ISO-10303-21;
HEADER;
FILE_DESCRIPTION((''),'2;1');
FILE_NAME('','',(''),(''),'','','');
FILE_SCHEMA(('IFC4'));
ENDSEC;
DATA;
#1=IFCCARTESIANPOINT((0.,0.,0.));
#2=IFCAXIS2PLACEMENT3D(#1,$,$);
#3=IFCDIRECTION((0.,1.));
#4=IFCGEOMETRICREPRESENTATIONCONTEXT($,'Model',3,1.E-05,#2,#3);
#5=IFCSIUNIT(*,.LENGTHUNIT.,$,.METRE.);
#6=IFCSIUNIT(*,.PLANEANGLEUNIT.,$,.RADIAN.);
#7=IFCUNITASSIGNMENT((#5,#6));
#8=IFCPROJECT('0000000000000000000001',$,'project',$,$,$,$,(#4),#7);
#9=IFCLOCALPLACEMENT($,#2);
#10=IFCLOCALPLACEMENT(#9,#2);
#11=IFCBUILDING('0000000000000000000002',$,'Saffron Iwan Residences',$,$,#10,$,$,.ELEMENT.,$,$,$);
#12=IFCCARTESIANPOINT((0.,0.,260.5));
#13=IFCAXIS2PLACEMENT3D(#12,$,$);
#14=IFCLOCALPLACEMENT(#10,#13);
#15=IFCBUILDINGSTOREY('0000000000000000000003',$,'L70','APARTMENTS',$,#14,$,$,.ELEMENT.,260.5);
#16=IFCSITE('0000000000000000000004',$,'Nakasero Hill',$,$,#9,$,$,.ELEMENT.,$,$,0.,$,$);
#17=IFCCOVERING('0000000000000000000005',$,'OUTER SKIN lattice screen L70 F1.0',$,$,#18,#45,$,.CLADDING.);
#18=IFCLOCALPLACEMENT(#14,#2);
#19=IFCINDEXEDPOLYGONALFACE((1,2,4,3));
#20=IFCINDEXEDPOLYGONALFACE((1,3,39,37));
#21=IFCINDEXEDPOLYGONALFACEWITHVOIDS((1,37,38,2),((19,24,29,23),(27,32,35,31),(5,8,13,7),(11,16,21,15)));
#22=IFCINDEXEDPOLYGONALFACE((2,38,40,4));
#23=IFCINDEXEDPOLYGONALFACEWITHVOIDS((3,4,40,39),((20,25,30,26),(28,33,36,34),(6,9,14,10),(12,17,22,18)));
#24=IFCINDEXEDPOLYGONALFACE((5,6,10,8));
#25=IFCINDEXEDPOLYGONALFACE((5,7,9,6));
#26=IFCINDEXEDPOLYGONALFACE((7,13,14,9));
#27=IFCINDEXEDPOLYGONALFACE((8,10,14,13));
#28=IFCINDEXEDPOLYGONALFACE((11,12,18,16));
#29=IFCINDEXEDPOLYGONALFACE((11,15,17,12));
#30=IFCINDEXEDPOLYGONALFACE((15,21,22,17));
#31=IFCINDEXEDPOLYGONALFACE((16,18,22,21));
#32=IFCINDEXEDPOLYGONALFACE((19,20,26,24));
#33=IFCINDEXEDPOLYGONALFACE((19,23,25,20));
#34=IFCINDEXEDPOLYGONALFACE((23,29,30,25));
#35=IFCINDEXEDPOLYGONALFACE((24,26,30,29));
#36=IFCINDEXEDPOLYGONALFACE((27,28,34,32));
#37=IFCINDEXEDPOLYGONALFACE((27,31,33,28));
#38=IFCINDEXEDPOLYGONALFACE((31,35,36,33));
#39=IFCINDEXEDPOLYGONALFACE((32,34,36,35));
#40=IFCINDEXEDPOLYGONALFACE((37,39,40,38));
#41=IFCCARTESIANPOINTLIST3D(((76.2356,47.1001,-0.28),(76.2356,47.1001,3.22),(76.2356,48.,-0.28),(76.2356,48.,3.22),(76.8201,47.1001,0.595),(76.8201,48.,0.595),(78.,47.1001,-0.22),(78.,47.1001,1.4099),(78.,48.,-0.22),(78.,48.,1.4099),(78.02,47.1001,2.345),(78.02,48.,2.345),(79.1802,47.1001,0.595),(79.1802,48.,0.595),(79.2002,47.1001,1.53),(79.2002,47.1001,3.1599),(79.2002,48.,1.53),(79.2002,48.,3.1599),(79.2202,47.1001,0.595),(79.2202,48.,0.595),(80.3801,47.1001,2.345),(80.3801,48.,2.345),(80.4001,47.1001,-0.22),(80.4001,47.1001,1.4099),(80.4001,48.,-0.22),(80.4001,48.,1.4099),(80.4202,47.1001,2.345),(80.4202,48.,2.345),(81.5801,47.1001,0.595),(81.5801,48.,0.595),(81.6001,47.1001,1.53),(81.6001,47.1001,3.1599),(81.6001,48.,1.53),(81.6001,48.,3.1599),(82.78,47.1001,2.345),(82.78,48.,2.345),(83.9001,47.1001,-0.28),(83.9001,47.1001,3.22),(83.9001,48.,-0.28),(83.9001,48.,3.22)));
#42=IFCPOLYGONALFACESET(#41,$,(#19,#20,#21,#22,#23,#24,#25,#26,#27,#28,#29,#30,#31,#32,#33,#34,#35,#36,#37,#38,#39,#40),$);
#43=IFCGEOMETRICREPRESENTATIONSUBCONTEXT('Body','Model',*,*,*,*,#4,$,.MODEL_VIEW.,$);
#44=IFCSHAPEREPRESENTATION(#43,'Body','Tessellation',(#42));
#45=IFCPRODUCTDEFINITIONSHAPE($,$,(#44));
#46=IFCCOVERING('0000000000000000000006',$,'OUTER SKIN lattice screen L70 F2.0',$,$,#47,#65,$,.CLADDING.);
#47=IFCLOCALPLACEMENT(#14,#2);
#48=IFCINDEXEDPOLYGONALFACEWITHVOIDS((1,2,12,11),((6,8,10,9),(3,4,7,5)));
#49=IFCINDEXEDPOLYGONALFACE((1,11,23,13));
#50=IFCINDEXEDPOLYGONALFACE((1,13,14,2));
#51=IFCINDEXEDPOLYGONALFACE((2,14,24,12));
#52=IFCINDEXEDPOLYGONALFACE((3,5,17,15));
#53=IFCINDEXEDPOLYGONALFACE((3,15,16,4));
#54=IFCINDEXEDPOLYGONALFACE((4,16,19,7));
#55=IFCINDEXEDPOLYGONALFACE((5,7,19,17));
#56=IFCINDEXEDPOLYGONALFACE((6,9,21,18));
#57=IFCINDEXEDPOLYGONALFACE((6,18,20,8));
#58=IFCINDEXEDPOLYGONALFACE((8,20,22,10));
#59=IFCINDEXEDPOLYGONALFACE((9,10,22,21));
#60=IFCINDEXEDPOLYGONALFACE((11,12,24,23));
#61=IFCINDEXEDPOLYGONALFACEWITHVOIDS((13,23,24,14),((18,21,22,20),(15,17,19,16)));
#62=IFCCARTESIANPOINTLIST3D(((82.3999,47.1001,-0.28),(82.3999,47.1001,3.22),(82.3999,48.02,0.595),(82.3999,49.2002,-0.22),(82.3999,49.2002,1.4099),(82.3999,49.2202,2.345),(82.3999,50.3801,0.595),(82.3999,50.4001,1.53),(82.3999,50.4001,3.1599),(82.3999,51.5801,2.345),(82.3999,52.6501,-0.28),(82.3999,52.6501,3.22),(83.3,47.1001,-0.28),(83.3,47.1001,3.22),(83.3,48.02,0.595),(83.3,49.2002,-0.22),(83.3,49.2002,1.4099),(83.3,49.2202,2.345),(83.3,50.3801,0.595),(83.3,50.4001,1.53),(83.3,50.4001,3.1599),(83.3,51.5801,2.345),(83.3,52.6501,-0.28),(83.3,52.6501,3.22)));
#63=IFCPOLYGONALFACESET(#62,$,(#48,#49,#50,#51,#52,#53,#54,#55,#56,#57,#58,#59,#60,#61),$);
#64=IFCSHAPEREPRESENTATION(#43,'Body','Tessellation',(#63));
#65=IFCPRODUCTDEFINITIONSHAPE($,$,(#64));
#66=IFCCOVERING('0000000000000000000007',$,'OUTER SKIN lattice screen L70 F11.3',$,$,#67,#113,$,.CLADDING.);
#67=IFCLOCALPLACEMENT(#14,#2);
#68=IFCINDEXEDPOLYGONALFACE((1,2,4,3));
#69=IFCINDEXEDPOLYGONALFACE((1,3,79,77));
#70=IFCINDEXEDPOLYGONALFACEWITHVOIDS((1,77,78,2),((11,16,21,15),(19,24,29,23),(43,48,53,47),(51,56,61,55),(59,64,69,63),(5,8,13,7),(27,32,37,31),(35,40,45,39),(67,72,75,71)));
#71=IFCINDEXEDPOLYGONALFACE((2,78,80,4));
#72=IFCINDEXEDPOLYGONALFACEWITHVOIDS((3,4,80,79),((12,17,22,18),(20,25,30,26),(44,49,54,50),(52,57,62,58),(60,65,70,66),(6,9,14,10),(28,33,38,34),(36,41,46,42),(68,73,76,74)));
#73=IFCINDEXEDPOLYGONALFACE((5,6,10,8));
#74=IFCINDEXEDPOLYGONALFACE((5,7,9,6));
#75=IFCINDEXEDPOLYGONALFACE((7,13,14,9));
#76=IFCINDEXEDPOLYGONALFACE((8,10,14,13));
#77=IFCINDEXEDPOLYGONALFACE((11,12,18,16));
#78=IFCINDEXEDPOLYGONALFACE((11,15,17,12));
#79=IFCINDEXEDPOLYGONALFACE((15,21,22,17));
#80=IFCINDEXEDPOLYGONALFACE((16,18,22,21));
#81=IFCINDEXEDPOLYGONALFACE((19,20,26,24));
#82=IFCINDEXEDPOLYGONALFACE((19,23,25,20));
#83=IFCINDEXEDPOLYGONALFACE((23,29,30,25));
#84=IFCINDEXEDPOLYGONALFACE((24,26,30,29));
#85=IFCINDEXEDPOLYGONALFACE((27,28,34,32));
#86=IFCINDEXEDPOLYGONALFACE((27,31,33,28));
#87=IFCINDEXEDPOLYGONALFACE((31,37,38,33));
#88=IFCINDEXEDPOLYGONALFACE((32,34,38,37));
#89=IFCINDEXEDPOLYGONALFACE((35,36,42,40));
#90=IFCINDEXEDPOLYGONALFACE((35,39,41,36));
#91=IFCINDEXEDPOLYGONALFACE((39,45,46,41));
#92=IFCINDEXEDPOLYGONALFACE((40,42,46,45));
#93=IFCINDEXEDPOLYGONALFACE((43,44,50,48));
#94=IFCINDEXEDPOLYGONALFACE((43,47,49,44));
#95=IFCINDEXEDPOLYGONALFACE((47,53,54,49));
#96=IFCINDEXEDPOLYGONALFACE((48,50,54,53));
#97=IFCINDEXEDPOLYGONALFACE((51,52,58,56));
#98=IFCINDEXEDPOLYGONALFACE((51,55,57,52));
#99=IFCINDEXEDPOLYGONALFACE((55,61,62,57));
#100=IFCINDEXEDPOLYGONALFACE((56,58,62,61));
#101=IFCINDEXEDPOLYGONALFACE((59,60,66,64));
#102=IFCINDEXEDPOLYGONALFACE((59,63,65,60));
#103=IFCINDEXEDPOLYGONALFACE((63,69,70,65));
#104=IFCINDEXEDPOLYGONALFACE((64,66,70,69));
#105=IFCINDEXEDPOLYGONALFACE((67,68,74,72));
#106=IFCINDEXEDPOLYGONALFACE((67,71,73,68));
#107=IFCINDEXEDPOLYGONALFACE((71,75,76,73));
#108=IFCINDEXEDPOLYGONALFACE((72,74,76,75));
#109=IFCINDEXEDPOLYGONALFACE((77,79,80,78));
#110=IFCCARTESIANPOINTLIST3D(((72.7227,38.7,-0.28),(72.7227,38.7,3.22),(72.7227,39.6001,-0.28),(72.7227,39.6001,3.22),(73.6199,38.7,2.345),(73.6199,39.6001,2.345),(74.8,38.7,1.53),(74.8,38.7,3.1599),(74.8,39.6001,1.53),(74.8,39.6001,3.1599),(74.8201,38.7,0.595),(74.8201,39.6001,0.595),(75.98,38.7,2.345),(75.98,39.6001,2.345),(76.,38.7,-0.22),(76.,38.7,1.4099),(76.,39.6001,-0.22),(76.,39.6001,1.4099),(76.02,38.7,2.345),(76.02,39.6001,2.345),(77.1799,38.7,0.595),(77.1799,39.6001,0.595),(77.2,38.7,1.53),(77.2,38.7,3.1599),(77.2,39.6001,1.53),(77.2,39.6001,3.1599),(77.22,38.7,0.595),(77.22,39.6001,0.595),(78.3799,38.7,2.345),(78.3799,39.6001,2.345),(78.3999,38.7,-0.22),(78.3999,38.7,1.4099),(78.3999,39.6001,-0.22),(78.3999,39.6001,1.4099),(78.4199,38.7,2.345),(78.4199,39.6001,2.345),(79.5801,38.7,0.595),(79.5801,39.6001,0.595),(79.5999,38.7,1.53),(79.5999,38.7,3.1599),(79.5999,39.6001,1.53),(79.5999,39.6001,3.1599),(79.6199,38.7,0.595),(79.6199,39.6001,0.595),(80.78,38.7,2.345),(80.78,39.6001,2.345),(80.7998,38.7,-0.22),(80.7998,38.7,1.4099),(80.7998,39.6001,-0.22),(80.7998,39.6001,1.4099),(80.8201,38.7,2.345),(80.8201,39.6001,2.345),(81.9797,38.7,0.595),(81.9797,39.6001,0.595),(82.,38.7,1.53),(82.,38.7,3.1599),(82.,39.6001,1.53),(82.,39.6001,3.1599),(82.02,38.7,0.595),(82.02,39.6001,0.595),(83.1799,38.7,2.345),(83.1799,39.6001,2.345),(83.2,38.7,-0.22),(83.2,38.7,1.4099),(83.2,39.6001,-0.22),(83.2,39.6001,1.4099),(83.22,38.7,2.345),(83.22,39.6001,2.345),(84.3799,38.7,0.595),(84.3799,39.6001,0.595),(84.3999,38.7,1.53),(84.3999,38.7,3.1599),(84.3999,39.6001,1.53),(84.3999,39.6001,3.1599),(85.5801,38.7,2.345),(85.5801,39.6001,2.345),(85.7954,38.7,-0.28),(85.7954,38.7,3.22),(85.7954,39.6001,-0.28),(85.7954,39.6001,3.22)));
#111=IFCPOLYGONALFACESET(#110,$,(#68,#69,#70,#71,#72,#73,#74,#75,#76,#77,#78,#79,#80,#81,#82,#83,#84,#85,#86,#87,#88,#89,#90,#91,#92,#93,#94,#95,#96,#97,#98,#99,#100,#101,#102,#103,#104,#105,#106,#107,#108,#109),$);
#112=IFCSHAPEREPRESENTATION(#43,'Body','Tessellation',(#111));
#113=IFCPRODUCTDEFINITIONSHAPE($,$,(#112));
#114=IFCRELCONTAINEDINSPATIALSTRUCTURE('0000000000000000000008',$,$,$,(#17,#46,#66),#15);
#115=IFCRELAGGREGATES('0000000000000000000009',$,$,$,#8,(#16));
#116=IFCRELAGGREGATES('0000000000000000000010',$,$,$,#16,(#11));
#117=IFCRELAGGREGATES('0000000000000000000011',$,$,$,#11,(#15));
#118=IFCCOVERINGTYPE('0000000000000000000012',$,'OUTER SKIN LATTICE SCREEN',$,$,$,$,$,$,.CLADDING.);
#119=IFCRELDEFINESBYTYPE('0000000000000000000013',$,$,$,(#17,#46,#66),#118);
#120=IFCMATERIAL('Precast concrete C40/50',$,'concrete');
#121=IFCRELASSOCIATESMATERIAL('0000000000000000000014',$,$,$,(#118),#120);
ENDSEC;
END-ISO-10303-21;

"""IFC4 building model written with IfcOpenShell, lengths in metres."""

from ifc_helpers import new_model, si_unit, direction, frame, origin, place, context, subcontext, project, spatial, polyline, outline, extrude, material, type_object, element, save


model = new_model("IFC4")

# Units and contexts
model_context = context("Model", 3, precision=1e-05, world=origin(), true_north=direction((0.0, 1.0)))
body_context = subcontext(model_context, "Body", "Model", "MODEL_VIEW")
ifc_project = project(units=[si_unit("LENGTHUNIT", "METRE"), si_unit("PLANEANGLEUNIT", "RADIAN")], contexts=[model_context])

# Site, building, storey
site_placement = place(None, origin())
site = spatial("IfcSite", under=ifc_project, at=site_placement, Name="Nakasero Hill", CompositionType="ELEMENT", RefElevation=0.0)
building_placement = place(site_placement, origin())
building = spatial("IfcBuilding", under=site, at=building_placement, Name="Saffron Iwan Residences", CompositionType="ELEMENT")
storey_placement = place(building_placement, frame((0.0, 0.0, 260.5)))
storey = spatial("IfcBuildingStorey", under=building, at=storey_placement, Name="L70", Description="APARTMENTS", CompositionType="ELEMENT", Elevation=260.5)

# Coverings
ifc_material_1 = material(Name="Precast concrete C40/50", Category="concrete")
covering_type = type_object("IfcCoveringType", Name="OUTER SKIN LATTICE SCREEN", PredefinedType="CLADDING", material=ifc_material_1)
covering_1_placement = place(storey_placement, frame((76.2356, 48.0, -0.28), z_axis=(0.0, -1.0, 0.0), x_axis=(1.0, 0.0, 0.0)))
element("IfcCovering", 1, at=covering_1_placement, inside=storey, type_object=covering_type, Name="OUTER SKIN lattice screen L70 F1.0", PredefinedType="CLADDING", context=body_context, shape_type="SweptSolid", body=[
    extrude(outline(polyline([(0.0, 0.0), (7.6646, 0.0), (7.6646, 3.5), (0.0, 3.5), (0.0, 0.0)]), holes=[polyline([(0.5845, 0.875), (1.7644, 0.0601), (2.9446, 0.875), (1.7644, 1.6899), (0.5845, 0.875)]), polyline([(2.9846, 0.875), (4.1646, 0.0601), (5.3445, 0.875), (4.1646, 1.6899), (2.9846, 0.875)]), polyline([(1.7844, 2.625), (2.9646, 1.8101), (4.1445, 2.625), (2.9646, 3.4399), (1.7844, 2.625)]), polyline([(4.1846, 2.625), (5.3645, 1.8101), (6.5444, 2.625), (5.3645, 3.4399), (4.1846, 2.625)])]), origin(), (0.0, 0.0, 1.0), 0.8999),
])
covering_2_placement = place(storey_placement, frame((82.3999, 47.1001, -0.28), z_axis=(1.0, 0.0, 0.0), x_axis=(0.0, 1.0, 0.0)))
element("IfcCovering", 2, at=covering_2_placement, inside=storey, type_object=covering_type, Name="OUTER SKIN lattice screen L70 F2.0", PredefinedType="CLADDING", context=body_context, shape_type="SweptSolid", body=[
    extrude(outline(polyline([(0.0, 0.0), (5.55, 0.0), (5.55, 3.5), (0.0, 3.5), (0.0, 0.0)]), holes=[polyline([(0.9199, 0.875), (2.1001, 0.0601), (3.28, 0.875), (2.1001, 1.6899), (0.9199, 0.875)]), polyline([(2.1201, 2.625), (3.3, 1.8101), (4.48, 2.625), (3.3, 3.4399), (2.1201, 2.625)])]), origin(), (0.0, 0.0, 1.0), 0.9001),
])
covering_3_placement = place(storey_placement, frame((72.7227, 39.6001, -0.28), z_axis=(0.0, -1.0, 0.0), x_axis=(1.0, 0.0, 0.0)))
element("IfcCovering", 3, at=covering_3_placement, inside=storey, type_object=covering_type, Name="OUTER SKIN lattice screen L70 F11.3", PredefinedType="CLADDING", context=body_context, shape_type="SweptSolid", body=[
    extrude(outline(polyline([(0.0, 0.0), (13.0728, 0.0), (13.0728, 3.5), (0.0, 3.5), (0.0, 0.0)]), holes=[polyline([(2.0974, 0.875), (3.2773, 0.0601), (4.4573, 0.875), (3.2773, 1.6899), (2.0974, 0.875)]), polyline([(4.4973, 0.875), (5.6772, 0.0601), (6.8574, 0.875), (5.6772, 1.6899), (4.4973, 0.875)]), polyline([(6.8972, 0.875), (8.0771, 0.0601), (9.2571, 0.875), (8.0771, 1.6899), (6.8972, 0.875)]), polyline([(9.2974, 0.875), (10.4773, 0.0601), (11.6572, 0.875), (10.4773, 1.6899), (9.2974, 0.875)]), polyline([(0.8972, 2.625), (2.0774, 1.8101), (3.2573, 2.625), (2.0774, 3.4399), (0.8972, 2.625)]), polyline([(3.2974, 2.625), (4.4773, 1.8101), (5.6572, 2.625), (4.4773, 3.4399), (3.2974, 2.625)]), polyline([(5.6973, 2.625), (6.8772, 1.8101), (8.0574, 2.625), (6.8772, 3.4399), (5.6973, 2.625)]), polyline([(8.0974, 2.625), (9.2773, 1.8101), (10.4573, 2.625), (9.2773, 3.4399), (8.0974, 2.625)]), polyline([(10.4973, 2.625), (11.6772, 1.8101), (12.8574, 2.625), (11.6772, 3.4399), (10.4973, 2.625)])]), origin(), (0.0, 0.0, 1.0), 0.9001),
])

save(model, "model.ifc")
